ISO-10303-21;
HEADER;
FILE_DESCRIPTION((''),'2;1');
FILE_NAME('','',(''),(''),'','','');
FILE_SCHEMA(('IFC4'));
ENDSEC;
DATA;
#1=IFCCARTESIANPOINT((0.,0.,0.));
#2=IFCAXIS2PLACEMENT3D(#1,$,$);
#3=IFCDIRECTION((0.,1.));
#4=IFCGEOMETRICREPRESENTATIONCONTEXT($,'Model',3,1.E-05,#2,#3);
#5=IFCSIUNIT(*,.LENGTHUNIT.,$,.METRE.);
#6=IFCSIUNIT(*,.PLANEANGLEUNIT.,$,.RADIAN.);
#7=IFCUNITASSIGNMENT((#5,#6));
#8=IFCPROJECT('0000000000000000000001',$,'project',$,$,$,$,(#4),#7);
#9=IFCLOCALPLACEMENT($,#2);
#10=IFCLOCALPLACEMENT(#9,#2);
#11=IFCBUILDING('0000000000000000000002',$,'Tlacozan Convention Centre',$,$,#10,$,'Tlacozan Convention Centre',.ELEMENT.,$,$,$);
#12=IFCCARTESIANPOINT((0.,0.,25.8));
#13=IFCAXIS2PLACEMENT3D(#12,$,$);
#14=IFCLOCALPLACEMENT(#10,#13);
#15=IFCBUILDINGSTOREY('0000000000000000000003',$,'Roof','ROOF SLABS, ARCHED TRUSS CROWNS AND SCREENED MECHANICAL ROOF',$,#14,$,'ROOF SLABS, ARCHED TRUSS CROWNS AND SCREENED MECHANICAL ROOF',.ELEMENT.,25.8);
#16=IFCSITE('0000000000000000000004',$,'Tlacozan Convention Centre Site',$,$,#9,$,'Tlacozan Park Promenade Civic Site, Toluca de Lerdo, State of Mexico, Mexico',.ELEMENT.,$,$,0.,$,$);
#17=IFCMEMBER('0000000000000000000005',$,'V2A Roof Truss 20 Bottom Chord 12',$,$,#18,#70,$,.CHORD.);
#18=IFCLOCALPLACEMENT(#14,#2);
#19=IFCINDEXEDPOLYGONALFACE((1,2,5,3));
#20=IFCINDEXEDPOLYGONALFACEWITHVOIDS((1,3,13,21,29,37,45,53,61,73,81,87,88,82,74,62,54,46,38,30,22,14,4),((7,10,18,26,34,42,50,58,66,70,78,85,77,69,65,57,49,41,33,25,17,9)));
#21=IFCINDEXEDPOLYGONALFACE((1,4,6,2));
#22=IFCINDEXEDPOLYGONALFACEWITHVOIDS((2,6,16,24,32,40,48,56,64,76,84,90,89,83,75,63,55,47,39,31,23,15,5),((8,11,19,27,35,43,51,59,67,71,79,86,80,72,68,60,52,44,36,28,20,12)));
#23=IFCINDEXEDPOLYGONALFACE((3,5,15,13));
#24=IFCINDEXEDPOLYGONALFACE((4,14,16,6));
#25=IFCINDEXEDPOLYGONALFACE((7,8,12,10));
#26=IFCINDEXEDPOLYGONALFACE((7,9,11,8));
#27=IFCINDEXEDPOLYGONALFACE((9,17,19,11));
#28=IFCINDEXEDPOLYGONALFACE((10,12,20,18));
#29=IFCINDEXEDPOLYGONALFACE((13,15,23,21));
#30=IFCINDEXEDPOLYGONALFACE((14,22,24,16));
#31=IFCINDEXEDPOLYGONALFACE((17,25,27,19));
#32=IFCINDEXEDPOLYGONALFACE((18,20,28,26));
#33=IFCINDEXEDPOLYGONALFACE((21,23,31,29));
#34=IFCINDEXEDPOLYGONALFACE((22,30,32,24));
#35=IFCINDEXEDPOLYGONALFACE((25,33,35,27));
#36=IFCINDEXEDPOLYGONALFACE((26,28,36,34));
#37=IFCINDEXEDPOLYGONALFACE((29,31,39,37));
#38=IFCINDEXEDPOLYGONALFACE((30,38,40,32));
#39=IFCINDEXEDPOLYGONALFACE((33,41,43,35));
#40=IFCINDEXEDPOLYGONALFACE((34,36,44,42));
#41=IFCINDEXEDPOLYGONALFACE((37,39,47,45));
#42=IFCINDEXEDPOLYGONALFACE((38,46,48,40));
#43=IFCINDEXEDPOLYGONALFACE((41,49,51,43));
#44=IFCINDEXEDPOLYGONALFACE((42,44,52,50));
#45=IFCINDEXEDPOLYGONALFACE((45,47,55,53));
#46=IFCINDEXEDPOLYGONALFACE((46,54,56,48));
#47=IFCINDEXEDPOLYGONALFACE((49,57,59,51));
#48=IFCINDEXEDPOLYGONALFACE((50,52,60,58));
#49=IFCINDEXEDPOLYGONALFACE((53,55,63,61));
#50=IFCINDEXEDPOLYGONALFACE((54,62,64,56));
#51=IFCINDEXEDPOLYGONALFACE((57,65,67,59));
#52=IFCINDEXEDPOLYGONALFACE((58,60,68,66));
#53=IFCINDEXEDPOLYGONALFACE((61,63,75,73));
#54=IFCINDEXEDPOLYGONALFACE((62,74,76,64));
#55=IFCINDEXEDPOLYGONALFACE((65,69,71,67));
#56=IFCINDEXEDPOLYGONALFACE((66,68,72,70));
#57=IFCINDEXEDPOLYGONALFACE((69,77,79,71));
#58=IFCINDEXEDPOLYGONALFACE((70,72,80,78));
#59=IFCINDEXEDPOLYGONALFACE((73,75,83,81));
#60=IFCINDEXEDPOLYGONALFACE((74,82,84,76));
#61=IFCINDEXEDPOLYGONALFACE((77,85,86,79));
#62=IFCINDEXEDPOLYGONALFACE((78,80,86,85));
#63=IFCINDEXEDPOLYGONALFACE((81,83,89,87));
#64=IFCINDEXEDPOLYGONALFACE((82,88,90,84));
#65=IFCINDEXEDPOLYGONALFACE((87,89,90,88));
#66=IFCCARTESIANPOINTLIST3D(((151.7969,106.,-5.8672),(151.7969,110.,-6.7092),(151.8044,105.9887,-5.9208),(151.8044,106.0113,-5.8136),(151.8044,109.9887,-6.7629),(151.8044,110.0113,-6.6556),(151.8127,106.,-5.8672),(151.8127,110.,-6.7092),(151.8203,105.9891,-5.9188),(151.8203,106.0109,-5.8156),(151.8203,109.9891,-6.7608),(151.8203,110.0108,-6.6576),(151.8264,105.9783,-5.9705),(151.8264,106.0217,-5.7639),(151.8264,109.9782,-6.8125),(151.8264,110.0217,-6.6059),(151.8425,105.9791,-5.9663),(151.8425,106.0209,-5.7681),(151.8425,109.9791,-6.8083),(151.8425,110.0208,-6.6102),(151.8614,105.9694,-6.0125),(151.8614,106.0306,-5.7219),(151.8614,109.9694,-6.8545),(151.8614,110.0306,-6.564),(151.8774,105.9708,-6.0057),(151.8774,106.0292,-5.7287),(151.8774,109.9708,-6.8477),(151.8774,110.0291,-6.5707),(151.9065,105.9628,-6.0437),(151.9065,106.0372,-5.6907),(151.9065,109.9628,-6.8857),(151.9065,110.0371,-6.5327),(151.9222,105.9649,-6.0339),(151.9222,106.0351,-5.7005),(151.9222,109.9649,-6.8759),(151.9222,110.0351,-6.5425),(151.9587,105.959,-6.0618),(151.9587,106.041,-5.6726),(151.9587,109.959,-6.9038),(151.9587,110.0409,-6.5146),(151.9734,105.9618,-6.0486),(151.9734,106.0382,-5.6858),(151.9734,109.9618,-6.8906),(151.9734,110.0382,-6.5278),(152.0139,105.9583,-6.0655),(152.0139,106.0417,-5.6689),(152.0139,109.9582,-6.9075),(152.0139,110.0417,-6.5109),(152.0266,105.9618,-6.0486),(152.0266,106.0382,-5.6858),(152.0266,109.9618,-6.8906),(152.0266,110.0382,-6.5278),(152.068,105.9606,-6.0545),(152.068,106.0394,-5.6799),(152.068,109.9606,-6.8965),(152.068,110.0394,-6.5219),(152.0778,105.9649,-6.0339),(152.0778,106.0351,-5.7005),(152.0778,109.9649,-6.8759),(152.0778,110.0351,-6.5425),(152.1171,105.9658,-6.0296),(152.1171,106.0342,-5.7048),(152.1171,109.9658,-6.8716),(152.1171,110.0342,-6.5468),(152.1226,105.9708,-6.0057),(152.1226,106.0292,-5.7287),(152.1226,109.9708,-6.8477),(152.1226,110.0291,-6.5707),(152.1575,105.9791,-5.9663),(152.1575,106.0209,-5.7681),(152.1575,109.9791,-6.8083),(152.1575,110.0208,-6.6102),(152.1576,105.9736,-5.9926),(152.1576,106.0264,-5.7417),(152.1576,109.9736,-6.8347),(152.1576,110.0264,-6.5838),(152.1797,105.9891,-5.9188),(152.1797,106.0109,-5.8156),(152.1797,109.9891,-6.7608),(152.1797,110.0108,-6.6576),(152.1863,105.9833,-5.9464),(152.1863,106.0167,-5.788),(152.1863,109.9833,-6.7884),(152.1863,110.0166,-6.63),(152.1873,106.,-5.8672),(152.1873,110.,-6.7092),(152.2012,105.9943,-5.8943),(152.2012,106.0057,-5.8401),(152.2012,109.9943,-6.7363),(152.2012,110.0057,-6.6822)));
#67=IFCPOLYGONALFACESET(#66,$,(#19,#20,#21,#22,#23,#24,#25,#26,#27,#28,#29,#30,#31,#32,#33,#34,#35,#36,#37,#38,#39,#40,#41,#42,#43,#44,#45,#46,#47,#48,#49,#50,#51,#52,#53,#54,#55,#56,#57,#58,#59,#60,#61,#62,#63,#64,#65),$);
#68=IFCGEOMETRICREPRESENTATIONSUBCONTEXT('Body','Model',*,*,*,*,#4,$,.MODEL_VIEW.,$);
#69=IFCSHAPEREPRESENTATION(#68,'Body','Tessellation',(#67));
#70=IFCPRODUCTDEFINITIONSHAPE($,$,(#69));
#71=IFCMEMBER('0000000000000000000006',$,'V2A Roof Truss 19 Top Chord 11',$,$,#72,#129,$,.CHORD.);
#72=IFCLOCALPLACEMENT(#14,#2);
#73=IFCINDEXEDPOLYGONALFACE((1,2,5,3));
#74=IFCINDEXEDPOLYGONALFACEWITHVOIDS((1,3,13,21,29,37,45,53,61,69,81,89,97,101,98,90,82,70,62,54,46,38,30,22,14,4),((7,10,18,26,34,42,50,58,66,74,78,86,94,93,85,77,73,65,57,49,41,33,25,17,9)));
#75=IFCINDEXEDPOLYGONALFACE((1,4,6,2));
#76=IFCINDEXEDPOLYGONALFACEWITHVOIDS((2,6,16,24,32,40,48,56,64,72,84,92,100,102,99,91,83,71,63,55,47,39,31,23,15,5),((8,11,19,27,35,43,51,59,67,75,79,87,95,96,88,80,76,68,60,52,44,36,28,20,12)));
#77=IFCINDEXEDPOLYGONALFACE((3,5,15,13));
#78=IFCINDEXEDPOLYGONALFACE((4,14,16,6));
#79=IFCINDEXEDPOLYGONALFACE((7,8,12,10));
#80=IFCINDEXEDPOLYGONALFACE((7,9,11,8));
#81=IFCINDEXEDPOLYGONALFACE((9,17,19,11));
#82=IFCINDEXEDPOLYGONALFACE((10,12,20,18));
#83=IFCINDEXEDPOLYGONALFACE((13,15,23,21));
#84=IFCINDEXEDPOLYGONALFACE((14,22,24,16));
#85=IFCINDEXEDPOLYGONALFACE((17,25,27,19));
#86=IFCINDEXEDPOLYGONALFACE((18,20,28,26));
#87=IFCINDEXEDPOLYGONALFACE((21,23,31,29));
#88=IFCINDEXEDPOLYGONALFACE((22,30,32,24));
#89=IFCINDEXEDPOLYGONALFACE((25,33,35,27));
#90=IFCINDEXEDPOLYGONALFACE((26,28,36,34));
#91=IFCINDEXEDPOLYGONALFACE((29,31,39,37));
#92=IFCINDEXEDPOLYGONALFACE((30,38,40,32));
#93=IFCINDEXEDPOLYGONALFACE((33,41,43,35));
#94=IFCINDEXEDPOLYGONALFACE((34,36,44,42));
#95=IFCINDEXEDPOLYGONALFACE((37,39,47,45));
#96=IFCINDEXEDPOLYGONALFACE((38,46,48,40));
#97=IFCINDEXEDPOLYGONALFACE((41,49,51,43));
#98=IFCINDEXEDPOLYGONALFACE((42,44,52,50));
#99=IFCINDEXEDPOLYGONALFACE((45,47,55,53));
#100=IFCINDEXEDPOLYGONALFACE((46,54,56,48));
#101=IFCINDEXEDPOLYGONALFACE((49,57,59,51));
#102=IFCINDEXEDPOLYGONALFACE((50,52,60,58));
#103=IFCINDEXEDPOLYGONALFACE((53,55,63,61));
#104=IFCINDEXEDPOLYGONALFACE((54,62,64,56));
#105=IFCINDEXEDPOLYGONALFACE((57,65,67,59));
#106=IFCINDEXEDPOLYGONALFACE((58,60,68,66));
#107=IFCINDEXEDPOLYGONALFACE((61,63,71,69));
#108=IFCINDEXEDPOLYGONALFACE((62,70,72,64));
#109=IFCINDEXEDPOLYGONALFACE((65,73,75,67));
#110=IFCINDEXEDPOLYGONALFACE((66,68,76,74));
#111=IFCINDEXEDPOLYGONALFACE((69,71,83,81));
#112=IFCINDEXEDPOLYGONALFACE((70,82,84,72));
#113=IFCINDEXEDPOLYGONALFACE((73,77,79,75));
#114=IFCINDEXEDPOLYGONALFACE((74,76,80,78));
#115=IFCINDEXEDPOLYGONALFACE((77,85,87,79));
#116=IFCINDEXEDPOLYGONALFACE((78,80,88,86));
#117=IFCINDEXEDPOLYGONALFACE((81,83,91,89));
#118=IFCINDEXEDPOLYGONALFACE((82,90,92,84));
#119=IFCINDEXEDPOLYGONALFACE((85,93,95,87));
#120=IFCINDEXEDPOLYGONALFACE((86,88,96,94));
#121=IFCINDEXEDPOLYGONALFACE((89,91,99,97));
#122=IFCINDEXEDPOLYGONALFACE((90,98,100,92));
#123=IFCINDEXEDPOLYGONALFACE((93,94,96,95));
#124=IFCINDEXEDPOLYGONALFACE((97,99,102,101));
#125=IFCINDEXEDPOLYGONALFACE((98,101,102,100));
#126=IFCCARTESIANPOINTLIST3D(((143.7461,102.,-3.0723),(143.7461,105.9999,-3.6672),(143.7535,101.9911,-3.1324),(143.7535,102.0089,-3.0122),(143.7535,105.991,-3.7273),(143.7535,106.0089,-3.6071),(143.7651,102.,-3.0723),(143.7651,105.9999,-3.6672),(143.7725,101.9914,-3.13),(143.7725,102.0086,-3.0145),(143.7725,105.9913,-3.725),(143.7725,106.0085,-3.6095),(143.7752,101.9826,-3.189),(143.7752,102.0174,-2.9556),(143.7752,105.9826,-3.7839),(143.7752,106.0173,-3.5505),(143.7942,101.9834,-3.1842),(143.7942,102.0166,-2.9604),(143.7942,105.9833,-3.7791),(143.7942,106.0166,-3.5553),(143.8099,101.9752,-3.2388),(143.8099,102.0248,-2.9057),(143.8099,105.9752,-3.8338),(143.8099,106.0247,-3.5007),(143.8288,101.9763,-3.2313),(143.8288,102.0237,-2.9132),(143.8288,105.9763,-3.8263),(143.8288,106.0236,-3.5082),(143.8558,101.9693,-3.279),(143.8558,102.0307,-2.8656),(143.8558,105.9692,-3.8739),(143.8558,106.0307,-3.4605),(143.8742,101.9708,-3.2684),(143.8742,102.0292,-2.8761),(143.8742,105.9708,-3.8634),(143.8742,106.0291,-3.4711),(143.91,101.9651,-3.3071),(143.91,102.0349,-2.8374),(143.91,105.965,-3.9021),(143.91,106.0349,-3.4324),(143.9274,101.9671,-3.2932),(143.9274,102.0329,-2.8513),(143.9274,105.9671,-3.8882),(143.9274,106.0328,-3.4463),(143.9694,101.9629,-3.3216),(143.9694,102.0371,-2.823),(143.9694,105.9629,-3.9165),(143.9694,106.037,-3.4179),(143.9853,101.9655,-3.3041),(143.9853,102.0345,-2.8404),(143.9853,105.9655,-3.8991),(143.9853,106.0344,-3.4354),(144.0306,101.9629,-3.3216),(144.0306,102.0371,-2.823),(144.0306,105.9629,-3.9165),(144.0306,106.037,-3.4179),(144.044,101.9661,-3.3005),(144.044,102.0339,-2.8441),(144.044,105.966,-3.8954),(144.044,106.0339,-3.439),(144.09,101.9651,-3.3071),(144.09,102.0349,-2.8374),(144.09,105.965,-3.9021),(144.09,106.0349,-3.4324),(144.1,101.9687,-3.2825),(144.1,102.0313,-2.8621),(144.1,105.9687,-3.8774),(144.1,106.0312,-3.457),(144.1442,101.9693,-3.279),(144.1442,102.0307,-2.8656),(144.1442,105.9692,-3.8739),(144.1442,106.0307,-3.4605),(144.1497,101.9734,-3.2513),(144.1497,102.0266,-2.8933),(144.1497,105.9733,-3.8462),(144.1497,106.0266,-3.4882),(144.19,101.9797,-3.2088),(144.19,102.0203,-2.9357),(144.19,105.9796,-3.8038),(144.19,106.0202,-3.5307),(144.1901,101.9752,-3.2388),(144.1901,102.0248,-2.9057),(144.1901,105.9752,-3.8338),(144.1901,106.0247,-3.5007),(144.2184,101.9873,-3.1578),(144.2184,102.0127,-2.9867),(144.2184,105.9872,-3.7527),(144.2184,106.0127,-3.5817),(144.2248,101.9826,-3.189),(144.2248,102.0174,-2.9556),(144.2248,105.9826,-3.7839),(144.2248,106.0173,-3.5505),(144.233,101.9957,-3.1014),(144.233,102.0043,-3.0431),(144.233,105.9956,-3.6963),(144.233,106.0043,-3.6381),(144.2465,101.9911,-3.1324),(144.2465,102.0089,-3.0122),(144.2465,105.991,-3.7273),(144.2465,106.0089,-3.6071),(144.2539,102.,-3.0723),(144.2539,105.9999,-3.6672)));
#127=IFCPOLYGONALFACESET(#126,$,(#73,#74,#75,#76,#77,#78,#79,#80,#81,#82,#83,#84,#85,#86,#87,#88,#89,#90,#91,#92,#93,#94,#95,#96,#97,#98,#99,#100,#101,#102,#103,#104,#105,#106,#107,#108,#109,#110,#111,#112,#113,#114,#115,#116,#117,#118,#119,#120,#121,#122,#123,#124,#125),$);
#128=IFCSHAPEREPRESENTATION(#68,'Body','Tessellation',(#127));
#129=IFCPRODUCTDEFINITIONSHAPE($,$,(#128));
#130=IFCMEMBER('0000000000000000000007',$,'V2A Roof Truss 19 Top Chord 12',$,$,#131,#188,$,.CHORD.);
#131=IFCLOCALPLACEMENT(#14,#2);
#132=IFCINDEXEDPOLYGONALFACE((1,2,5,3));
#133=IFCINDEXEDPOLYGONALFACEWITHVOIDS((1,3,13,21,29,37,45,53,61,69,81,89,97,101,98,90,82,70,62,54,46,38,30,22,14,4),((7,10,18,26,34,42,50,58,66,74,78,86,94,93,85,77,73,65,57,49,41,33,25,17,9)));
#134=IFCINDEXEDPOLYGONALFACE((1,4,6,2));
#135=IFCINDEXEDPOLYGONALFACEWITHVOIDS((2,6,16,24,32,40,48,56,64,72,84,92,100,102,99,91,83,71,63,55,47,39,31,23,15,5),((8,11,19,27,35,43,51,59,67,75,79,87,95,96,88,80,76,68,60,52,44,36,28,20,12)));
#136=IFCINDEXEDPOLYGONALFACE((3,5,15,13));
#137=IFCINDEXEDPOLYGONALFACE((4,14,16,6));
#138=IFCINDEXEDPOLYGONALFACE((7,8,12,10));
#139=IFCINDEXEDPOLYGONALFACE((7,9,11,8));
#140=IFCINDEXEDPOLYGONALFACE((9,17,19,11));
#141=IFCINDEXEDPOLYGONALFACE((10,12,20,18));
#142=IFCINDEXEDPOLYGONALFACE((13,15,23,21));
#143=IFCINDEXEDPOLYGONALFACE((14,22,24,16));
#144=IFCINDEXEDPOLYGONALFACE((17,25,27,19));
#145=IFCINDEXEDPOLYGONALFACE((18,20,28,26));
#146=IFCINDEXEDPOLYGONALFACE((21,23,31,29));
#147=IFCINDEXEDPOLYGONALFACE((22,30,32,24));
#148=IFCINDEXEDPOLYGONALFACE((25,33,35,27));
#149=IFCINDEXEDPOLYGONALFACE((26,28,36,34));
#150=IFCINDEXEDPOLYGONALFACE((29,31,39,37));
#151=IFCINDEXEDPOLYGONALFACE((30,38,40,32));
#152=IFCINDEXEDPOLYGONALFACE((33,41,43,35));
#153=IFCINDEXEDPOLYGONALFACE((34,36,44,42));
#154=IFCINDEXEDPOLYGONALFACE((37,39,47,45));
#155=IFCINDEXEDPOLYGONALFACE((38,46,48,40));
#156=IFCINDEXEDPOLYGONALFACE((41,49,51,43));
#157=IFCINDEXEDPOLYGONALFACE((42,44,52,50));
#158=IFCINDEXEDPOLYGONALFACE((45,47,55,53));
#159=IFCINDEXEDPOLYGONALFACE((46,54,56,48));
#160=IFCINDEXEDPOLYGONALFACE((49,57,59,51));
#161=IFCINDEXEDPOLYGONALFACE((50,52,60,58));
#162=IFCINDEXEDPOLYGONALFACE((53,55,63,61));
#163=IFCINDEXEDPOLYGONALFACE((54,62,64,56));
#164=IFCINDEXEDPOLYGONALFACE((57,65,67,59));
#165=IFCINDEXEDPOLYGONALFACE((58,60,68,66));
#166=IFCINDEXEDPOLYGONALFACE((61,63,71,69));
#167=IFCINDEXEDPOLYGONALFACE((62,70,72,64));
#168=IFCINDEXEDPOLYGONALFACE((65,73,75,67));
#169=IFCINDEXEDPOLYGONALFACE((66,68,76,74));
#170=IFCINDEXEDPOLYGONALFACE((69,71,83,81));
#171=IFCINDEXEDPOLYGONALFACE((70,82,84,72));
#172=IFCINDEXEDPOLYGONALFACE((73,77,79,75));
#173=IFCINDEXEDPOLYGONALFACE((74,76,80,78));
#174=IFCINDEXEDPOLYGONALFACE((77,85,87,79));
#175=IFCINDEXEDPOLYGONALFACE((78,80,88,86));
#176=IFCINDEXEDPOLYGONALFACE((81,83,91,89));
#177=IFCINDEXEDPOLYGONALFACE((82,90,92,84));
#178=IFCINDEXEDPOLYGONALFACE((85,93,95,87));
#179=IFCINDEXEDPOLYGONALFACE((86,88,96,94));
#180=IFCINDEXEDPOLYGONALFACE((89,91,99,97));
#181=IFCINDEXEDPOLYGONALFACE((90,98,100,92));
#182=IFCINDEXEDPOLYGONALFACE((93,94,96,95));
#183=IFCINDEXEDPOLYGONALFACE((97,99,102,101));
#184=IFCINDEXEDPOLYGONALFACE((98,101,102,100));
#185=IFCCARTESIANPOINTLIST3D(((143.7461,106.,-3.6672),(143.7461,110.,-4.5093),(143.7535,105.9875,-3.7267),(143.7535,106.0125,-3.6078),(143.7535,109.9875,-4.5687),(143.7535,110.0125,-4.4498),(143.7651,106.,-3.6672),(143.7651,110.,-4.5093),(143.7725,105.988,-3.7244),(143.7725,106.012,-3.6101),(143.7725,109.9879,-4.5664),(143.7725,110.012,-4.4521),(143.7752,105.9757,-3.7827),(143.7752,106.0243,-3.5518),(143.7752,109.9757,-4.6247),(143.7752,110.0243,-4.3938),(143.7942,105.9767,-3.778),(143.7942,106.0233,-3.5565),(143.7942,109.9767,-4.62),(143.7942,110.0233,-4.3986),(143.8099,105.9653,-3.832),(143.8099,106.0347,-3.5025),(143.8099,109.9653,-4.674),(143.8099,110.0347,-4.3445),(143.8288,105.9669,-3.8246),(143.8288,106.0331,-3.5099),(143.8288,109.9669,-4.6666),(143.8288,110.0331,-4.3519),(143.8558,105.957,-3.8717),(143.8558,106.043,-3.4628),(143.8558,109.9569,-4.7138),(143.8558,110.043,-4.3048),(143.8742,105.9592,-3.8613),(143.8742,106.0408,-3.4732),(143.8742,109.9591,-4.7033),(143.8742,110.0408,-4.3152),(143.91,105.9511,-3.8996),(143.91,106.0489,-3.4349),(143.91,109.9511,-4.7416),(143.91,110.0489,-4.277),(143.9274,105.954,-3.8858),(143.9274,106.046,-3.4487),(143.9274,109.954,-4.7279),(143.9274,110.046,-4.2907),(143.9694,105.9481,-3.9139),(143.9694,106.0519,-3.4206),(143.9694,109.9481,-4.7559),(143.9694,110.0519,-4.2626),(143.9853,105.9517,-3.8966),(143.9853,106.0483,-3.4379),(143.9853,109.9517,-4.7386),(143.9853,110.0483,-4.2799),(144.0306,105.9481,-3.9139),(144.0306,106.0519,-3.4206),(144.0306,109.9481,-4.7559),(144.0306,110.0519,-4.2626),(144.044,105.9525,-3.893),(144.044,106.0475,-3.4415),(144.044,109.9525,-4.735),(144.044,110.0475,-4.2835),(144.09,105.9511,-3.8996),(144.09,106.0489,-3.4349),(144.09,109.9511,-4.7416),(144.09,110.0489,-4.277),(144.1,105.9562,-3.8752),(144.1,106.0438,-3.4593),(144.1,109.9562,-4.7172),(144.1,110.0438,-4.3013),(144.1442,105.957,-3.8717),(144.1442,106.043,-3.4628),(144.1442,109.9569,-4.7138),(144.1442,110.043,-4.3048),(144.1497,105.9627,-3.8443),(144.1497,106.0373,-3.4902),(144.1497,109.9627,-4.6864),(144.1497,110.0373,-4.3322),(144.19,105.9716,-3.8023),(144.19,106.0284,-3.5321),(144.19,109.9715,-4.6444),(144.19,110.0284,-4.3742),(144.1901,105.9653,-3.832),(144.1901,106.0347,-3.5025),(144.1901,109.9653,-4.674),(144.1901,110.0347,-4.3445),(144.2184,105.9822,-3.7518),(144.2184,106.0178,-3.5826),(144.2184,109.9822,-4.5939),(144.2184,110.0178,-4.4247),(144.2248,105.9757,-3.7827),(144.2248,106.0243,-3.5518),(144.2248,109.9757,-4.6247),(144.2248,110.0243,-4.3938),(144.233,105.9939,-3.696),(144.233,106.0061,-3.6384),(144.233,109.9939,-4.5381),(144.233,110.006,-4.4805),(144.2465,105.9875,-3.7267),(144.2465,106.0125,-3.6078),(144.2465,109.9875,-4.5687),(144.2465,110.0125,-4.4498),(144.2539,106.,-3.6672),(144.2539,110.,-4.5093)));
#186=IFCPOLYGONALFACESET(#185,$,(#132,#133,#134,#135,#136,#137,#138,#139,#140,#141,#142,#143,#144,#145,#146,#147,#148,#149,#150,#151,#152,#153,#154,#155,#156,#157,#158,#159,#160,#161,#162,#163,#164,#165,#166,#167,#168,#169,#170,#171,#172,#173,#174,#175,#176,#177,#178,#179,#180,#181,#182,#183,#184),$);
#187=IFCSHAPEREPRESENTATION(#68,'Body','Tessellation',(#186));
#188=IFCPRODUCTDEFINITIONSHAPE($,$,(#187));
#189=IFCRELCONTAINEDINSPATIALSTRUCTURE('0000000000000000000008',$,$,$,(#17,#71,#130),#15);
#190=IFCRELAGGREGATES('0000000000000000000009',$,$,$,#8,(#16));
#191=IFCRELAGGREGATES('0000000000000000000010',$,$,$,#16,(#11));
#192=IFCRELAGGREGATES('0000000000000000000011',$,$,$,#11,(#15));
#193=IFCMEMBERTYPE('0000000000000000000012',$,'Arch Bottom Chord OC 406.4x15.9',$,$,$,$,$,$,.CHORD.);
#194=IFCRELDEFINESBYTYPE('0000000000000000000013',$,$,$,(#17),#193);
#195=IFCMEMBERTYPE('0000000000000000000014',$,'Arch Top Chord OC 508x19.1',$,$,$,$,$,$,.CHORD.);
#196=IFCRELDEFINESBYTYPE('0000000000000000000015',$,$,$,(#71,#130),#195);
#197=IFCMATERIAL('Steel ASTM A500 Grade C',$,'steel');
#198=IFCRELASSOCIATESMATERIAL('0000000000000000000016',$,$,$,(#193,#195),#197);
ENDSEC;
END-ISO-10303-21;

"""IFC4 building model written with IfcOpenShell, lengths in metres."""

from ifc_helpers import new_model, si_unit, direction, frame, origin, origin_2d, place, context, subcontext, project, spatial, hollow_circle, extrude, material, material_profile, profile_set, type_object, element, save


model = new_model("IFC4")

# Units and contexts
model_context = context("Model", 3, precision=1e-05, world=origin(), true_north=direction((0.0, 1.0)))
body_context = subcontext(model_context, "Body", "Model", "MODEL_VIEW")
ifc_project = project(units=[si_unit("LENGTHUNIT", "METRE"), si_unit("PLANEANGLEUNIT", "RADIAN")], contexts=[model_context])

# Site, building, storey
site_placement = place(None, origin())
site = spatial("IfcSite", under=ifc_project, at=site_placement, Name="Tlacozan Convention Centre Site", LongName="Tlacozan Park Promenade Civic Site, Toluca de Lerdo, State of Mexico, Mexico", CompositionType="ELEMENT", RefElevation=0.0)
building_placement = place(site_placement, origin())
building = spatial("IfcBuilding", under=site, at=building_placement, Name="Tlacozan Convention Centre", LongName="Tlacozan Convention Centre", CompositionType="ELEMENT")
storey_placement = place(building_placement, frame((0.0, 0.0, 25.8)))
storey = spatial("IfcBuildingStorey", under=building, at=storey_placement, Name="Roof", Description="ROOF SLABS, ARCHED TRUSS CROWNS AND SCREENED MECHANICAL ROOF", LongName="ROOF SLABS, ARCHED TRUSS CROWNS AND SCREENED MECHANICAL ROOF", CompositionType="ELEMENT", Elevation=25.8)

# Members
ifc_material_1 = material(Name="Steel ASTM A500 Grade C", Category="steel")
ifc_material_profile_1 = material_profile(ifc_material_1, hollow_circle(Radius=0.2031, WallThickness=0.0159, at=origin_2d()), Name="OC 406.4x15.9")
ifc_profile_set_1 = profile_set([ifc_material_profile_1], Name="Steel ASTM A500 Grade C")
member_type_1 = type_object("IfcMemberType", Name="Arch Bottom Chord OC 406.4x15.9", PredefinedType="CHORD", material=ifc_profile_set_1)
member_1_placement = place(storey_placement, frame((152.0, 106.0, -5.8672), z_axis=(0.0, 0.978553, -0.205995), x_axis=(-1.0, 0.0, 0.0)))
element("IfcMember", 1, at=member_1_placement, inside=storey, type_object=member_type_1, Name="V2A Roof Truss 20 Bottom Chord 12", PredefinedType="CHORD", context=body_context, shape_type="SweptSolid", body=[
    extrude(hollow_circle(Radius=0.2031, WallThickness=0.0159, at=origin_2d()), origin(), (0.0, 0.0, 1.0), 4.0876),
])
ifc_material_profile_2 = material_profile(ifc_material_1, hollow_circle(Radius=0.2539, WallThickness=0.019, at=origin_2d()), Name="OC 508.0x19.1")
ifc_profile_set_2 = profile_set([ifc_material_profile_2], Name="Steel ASTM A500 Grade C")
member_type_2 = type_object("IfcMemberType", Name="Arch Top Chord OC 508x19.1", PredefinedType="CHORD", material=ifc_profile_set_2)
member_2_placement = place(storey_placement, frame((144.0, 102.0, -3.0723), z_axis=(0.0, 0.989118, -0.147124), x_axis=(-1.0, 0.0, 0.0)))
element("IfcMember", 2, at=member_2_placement, inside=storey, type_object=member_type_2, Name="V2A Roof Truss 19 Top Chord 11", PredefinedType="CHORD", context=body_context, shape_type="SweptSolid", body=[
    extrude(hollow_circle(Radius=0.2539, WallThickness=0.019, at=origin_2d()), origin(), (0.0, 0.0, 1.0), 4.0439),
])
member_3_placement = place(storey_placement, frame((144.0, 106.0, -3.6672), z_axis=(0.0, 0.978553, -0.205995), x_axis=(-1.0, 0.0, 0.0)))
element("IfcMember", 3, at=member_3_placement, inside=storey, type_object=member_type_2, Name="V2A Roof Truss 19 Top Chord 12", PredefinedType="CHORD", context=body_context, shape_type="SweptSolid", body=[
    extrude(hollow_circle(Radius=0.2539, WallThickness=0.019, at=origin_2d()), origin(), (0.0, 0.0, 1.0), 4.0876),
])

save(model, "model.ifc")
